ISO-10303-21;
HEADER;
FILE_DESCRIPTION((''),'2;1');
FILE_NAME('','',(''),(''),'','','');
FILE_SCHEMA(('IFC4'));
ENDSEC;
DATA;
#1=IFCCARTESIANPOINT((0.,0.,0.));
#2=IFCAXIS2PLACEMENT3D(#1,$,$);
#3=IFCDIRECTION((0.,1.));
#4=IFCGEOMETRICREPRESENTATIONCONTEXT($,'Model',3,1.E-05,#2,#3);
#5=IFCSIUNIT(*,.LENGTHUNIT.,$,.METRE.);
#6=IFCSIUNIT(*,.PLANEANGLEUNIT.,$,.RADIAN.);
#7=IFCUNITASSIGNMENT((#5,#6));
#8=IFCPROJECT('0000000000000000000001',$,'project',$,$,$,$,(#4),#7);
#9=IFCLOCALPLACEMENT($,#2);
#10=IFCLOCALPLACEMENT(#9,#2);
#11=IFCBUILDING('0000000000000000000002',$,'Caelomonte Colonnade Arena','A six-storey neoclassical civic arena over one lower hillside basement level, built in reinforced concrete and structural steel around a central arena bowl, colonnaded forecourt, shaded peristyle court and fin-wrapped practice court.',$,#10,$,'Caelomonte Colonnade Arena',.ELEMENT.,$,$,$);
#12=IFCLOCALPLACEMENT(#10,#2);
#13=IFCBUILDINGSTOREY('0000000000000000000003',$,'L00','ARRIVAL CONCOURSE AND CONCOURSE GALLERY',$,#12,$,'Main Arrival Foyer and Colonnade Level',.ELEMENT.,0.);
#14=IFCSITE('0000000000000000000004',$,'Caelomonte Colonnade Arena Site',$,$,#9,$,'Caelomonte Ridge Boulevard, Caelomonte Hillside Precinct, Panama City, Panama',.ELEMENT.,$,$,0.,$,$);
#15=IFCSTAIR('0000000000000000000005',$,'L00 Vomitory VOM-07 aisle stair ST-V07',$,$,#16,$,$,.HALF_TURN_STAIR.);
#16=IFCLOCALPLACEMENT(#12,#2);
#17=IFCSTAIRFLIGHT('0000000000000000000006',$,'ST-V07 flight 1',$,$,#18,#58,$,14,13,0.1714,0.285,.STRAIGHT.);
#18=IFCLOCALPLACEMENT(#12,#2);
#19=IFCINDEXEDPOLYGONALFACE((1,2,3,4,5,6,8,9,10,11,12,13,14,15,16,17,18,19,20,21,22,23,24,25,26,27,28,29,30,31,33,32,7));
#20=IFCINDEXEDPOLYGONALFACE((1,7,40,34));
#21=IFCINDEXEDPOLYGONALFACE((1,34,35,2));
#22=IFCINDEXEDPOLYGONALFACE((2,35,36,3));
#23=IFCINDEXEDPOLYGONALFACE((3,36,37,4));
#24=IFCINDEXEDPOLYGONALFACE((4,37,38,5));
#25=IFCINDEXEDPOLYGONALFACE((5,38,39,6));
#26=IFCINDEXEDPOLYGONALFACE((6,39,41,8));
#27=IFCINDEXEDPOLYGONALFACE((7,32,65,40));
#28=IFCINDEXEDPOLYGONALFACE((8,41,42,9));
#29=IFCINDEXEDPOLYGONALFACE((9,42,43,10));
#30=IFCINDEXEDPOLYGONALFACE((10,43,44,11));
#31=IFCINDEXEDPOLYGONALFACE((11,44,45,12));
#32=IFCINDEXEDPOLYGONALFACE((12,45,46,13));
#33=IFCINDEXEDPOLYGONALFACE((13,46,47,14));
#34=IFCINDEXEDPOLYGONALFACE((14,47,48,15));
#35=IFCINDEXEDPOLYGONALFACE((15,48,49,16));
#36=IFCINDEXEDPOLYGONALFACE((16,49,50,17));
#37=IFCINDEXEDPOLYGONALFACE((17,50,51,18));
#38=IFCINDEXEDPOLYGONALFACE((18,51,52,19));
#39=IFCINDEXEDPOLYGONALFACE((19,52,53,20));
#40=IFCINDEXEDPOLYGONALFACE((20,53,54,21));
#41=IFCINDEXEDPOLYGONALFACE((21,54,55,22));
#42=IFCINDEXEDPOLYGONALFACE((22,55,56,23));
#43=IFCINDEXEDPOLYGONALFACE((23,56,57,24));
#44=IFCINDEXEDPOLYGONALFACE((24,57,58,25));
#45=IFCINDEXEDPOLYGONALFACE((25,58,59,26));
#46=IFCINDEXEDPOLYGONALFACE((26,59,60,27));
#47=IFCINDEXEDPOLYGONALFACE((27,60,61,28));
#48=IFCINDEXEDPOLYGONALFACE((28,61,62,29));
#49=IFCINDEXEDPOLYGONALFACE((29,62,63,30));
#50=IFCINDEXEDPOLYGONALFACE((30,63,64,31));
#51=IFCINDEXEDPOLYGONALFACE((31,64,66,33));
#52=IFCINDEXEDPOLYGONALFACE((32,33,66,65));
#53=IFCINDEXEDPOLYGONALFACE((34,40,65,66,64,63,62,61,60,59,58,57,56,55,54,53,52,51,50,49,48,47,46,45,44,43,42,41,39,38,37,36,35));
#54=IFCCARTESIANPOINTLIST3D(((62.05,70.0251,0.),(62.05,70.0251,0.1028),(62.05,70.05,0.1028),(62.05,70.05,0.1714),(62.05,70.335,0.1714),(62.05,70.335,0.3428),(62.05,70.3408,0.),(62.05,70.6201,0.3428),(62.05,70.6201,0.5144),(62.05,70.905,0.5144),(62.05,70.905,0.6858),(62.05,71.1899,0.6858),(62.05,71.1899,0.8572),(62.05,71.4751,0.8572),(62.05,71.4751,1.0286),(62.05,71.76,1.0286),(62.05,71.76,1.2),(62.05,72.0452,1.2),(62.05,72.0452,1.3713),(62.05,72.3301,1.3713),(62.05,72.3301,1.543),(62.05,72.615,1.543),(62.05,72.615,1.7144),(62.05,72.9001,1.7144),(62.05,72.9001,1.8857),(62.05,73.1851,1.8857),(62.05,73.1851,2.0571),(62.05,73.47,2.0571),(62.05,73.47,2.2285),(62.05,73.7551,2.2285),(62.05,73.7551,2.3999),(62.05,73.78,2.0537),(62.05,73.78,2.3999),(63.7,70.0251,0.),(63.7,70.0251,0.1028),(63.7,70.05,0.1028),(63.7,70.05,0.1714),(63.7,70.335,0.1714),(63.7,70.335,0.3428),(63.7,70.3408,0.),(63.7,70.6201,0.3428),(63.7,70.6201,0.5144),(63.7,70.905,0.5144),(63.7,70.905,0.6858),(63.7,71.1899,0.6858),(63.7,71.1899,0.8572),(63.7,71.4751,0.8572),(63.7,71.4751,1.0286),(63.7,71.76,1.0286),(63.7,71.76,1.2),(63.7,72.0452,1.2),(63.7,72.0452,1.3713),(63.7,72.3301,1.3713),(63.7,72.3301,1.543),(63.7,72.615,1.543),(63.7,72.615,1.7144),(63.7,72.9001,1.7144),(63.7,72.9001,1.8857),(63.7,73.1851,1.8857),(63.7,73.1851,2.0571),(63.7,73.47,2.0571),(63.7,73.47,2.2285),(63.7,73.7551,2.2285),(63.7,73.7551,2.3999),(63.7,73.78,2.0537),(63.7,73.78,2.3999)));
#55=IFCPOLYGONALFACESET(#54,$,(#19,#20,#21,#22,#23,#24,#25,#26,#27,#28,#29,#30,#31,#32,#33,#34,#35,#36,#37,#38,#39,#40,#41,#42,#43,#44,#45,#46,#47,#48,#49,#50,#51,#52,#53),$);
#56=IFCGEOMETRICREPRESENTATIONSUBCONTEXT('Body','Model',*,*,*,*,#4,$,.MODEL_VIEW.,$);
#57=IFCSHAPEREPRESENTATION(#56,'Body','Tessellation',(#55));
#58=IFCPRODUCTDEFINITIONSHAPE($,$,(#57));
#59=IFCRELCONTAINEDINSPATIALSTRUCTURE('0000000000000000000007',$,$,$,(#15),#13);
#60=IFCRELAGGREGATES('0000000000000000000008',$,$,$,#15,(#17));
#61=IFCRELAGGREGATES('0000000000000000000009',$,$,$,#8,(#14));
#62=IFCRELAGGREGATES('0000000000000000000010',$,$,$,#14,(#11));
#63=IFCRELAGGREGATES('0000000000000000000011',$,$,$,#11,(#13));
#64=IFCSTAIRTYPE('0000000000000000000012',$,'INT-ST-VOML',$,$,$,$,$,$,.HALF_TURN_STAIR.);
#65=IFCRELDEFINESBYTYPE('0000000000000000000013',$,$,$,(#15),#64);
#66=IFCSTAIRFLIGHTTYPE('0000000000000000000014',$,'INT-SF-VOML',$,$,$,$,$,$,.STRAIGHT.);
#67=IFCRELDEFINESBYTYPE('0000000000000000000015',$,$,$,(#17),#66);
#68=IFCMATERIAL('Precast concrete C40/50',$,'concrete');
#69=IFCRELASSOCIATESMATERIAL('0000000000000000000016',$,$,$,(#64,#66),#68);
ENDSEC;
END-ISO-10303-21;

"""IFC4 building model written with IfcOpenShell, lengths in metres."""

from ifc_helpers import new_model, si_unit, direction, frame, origin, place, context, subcontext, project, spatial, polyline, outline, extrude, material, type_object, element, aggregate, save


model = new_model("IFC4")

# Units and contexts
model_context = context("Model", 3, precision=1e-05, world=origin(), true_north=direction((0.0, 1.0)))
body_context = subcontext(model_context, "Body", "Model", "MODEL_VIEW")
ifc_project = project(units=[si_unit("LENGTHUNIT", "METRE"), si_unit("PLANEANGLEUNIT", "RADIAN")], contexts=[model_context])

# Site, building, storey
site_placement = place(None, origin())
site = spatial("IfcSite", under=ifc_project, at=site_placement, Name="Caelomonte Colonnade Arena Site", LongName="Caelomonte Ridge Boulevard, Caelomonte Hillside Precinct, Panama City, Panama", CompositionType="ELEMENT", RefElevation=0.0)
building_placement = place(site_placement, origin())
building = spatial("IfcBuilding", under=site, at=building_placement, Name="Caelomonte Colonnade Arena", Description="A six-storey neoclassical civic arena over one lower hillside basement level, built in reinforced concrete and structural steel around a central arena bowl, colonnaded forecourt, shaded peristyle court and fin-wrapped practice court.", LongName="Caelomonte Colonnade Arena", CompositionType="ELEMENT")
storey_placement = place(building_placement, origin())
storey = spatial("IfcBuildingStorey", under=building, at=storey_placement, Name="L00", Description="ARRIVAL CONCOURSE AND CONCOURSE GALLERY", LongName="Main Arrival Foyer and Colonnade Level", CompositionType="ELEMENT", Elevation=0.0)

# Stair, stair flight
ifc_material_1 = material(Name="Precast concrete C40/50", Category="concrete")
stair_type_1 = type_object("IfcStairType", Name="INT-ST-VOML", PredefinedType="HALF_TURN_STAIR", material=ifc_material_1)
stair_1_placement = place(storey_placement, origin())
stair_1 = element("IfcStair", 1, at=stair_1_placement, inside=storey, type_object=stair_type_1, Name="L00 Vomitory VOM-07 aisle stair ST-V07", PredefinedType="HALF_TURN_STAIR")
stair_flight_type_1 = type_object("IfcStairFlightType", Name="INT-SF-VOML", PredefinedType="STRAIGHT", material=ifc_material_1)
stair_flight_1_placement = place(storey_placement, frame((62.875, 70.05, 0.0), z_axis=(0.0, 0.0, 1.0), x_axis=(0.0, 1.0, 0.0)))
stair_flight_1 = element("IfcStairFlight", 2, at=stair_flight_1_placement, type_object=stair_flight_type_1, Name="ST-V07 flight 1", NumberOfRisers=14, NumberOfTreads=13, PredefinedType="STRAIGHT", RiserHeight=0.1714, TreadLength=0.285, context=body_context, shape_type="SweptSolid", body=[
    extrude(outline(polyline([(-0.0249, 0.0), (-0.0249, 0.1028), (0.0, 0.1028), (0.0, 0.1714), (0.2849, 0.1714), (0.2849, 0.3428), (0.5701, 0.3428), (0.5701, 0.5144), (0.855, 0.5144), (0.855, 0.6858), (1.1399, 0.6858), (1.1399, 0.8572), (1.425, 0.8572), (1.425, 1.0286), (1.71, 1.0286), (1.71, 1.2), (1.9951, 1.2), (1.9951, 1.3713), (2.28, 1.3713), (2.28, 1.543), (2.5649, 1.543), (2.5649, 1.7144), (2.8501, 1.7144), (2.8501, 1.8857), (3.135, 1.8857), (3.135, 2.0571), (3.4199, 2.0571), (3.4199, 2.2285), (3.7051, 2.2285), (3.7051, 2.3999), (3.73, 2.3999), (3.73, 2.0537), (0.2908, 0.0), (-0.0249, 0.0)])), frame((0.0, 0.825, 0.0), z_axis=(0.0, -1.0, 0.0), x_axis=(1.0, 0.0, 0.0)), (0.0, 0.0, 1.0), 1.6499),
])
aggregate(stair_1, [stair_flight_1])

save(model, "model.ifc")
